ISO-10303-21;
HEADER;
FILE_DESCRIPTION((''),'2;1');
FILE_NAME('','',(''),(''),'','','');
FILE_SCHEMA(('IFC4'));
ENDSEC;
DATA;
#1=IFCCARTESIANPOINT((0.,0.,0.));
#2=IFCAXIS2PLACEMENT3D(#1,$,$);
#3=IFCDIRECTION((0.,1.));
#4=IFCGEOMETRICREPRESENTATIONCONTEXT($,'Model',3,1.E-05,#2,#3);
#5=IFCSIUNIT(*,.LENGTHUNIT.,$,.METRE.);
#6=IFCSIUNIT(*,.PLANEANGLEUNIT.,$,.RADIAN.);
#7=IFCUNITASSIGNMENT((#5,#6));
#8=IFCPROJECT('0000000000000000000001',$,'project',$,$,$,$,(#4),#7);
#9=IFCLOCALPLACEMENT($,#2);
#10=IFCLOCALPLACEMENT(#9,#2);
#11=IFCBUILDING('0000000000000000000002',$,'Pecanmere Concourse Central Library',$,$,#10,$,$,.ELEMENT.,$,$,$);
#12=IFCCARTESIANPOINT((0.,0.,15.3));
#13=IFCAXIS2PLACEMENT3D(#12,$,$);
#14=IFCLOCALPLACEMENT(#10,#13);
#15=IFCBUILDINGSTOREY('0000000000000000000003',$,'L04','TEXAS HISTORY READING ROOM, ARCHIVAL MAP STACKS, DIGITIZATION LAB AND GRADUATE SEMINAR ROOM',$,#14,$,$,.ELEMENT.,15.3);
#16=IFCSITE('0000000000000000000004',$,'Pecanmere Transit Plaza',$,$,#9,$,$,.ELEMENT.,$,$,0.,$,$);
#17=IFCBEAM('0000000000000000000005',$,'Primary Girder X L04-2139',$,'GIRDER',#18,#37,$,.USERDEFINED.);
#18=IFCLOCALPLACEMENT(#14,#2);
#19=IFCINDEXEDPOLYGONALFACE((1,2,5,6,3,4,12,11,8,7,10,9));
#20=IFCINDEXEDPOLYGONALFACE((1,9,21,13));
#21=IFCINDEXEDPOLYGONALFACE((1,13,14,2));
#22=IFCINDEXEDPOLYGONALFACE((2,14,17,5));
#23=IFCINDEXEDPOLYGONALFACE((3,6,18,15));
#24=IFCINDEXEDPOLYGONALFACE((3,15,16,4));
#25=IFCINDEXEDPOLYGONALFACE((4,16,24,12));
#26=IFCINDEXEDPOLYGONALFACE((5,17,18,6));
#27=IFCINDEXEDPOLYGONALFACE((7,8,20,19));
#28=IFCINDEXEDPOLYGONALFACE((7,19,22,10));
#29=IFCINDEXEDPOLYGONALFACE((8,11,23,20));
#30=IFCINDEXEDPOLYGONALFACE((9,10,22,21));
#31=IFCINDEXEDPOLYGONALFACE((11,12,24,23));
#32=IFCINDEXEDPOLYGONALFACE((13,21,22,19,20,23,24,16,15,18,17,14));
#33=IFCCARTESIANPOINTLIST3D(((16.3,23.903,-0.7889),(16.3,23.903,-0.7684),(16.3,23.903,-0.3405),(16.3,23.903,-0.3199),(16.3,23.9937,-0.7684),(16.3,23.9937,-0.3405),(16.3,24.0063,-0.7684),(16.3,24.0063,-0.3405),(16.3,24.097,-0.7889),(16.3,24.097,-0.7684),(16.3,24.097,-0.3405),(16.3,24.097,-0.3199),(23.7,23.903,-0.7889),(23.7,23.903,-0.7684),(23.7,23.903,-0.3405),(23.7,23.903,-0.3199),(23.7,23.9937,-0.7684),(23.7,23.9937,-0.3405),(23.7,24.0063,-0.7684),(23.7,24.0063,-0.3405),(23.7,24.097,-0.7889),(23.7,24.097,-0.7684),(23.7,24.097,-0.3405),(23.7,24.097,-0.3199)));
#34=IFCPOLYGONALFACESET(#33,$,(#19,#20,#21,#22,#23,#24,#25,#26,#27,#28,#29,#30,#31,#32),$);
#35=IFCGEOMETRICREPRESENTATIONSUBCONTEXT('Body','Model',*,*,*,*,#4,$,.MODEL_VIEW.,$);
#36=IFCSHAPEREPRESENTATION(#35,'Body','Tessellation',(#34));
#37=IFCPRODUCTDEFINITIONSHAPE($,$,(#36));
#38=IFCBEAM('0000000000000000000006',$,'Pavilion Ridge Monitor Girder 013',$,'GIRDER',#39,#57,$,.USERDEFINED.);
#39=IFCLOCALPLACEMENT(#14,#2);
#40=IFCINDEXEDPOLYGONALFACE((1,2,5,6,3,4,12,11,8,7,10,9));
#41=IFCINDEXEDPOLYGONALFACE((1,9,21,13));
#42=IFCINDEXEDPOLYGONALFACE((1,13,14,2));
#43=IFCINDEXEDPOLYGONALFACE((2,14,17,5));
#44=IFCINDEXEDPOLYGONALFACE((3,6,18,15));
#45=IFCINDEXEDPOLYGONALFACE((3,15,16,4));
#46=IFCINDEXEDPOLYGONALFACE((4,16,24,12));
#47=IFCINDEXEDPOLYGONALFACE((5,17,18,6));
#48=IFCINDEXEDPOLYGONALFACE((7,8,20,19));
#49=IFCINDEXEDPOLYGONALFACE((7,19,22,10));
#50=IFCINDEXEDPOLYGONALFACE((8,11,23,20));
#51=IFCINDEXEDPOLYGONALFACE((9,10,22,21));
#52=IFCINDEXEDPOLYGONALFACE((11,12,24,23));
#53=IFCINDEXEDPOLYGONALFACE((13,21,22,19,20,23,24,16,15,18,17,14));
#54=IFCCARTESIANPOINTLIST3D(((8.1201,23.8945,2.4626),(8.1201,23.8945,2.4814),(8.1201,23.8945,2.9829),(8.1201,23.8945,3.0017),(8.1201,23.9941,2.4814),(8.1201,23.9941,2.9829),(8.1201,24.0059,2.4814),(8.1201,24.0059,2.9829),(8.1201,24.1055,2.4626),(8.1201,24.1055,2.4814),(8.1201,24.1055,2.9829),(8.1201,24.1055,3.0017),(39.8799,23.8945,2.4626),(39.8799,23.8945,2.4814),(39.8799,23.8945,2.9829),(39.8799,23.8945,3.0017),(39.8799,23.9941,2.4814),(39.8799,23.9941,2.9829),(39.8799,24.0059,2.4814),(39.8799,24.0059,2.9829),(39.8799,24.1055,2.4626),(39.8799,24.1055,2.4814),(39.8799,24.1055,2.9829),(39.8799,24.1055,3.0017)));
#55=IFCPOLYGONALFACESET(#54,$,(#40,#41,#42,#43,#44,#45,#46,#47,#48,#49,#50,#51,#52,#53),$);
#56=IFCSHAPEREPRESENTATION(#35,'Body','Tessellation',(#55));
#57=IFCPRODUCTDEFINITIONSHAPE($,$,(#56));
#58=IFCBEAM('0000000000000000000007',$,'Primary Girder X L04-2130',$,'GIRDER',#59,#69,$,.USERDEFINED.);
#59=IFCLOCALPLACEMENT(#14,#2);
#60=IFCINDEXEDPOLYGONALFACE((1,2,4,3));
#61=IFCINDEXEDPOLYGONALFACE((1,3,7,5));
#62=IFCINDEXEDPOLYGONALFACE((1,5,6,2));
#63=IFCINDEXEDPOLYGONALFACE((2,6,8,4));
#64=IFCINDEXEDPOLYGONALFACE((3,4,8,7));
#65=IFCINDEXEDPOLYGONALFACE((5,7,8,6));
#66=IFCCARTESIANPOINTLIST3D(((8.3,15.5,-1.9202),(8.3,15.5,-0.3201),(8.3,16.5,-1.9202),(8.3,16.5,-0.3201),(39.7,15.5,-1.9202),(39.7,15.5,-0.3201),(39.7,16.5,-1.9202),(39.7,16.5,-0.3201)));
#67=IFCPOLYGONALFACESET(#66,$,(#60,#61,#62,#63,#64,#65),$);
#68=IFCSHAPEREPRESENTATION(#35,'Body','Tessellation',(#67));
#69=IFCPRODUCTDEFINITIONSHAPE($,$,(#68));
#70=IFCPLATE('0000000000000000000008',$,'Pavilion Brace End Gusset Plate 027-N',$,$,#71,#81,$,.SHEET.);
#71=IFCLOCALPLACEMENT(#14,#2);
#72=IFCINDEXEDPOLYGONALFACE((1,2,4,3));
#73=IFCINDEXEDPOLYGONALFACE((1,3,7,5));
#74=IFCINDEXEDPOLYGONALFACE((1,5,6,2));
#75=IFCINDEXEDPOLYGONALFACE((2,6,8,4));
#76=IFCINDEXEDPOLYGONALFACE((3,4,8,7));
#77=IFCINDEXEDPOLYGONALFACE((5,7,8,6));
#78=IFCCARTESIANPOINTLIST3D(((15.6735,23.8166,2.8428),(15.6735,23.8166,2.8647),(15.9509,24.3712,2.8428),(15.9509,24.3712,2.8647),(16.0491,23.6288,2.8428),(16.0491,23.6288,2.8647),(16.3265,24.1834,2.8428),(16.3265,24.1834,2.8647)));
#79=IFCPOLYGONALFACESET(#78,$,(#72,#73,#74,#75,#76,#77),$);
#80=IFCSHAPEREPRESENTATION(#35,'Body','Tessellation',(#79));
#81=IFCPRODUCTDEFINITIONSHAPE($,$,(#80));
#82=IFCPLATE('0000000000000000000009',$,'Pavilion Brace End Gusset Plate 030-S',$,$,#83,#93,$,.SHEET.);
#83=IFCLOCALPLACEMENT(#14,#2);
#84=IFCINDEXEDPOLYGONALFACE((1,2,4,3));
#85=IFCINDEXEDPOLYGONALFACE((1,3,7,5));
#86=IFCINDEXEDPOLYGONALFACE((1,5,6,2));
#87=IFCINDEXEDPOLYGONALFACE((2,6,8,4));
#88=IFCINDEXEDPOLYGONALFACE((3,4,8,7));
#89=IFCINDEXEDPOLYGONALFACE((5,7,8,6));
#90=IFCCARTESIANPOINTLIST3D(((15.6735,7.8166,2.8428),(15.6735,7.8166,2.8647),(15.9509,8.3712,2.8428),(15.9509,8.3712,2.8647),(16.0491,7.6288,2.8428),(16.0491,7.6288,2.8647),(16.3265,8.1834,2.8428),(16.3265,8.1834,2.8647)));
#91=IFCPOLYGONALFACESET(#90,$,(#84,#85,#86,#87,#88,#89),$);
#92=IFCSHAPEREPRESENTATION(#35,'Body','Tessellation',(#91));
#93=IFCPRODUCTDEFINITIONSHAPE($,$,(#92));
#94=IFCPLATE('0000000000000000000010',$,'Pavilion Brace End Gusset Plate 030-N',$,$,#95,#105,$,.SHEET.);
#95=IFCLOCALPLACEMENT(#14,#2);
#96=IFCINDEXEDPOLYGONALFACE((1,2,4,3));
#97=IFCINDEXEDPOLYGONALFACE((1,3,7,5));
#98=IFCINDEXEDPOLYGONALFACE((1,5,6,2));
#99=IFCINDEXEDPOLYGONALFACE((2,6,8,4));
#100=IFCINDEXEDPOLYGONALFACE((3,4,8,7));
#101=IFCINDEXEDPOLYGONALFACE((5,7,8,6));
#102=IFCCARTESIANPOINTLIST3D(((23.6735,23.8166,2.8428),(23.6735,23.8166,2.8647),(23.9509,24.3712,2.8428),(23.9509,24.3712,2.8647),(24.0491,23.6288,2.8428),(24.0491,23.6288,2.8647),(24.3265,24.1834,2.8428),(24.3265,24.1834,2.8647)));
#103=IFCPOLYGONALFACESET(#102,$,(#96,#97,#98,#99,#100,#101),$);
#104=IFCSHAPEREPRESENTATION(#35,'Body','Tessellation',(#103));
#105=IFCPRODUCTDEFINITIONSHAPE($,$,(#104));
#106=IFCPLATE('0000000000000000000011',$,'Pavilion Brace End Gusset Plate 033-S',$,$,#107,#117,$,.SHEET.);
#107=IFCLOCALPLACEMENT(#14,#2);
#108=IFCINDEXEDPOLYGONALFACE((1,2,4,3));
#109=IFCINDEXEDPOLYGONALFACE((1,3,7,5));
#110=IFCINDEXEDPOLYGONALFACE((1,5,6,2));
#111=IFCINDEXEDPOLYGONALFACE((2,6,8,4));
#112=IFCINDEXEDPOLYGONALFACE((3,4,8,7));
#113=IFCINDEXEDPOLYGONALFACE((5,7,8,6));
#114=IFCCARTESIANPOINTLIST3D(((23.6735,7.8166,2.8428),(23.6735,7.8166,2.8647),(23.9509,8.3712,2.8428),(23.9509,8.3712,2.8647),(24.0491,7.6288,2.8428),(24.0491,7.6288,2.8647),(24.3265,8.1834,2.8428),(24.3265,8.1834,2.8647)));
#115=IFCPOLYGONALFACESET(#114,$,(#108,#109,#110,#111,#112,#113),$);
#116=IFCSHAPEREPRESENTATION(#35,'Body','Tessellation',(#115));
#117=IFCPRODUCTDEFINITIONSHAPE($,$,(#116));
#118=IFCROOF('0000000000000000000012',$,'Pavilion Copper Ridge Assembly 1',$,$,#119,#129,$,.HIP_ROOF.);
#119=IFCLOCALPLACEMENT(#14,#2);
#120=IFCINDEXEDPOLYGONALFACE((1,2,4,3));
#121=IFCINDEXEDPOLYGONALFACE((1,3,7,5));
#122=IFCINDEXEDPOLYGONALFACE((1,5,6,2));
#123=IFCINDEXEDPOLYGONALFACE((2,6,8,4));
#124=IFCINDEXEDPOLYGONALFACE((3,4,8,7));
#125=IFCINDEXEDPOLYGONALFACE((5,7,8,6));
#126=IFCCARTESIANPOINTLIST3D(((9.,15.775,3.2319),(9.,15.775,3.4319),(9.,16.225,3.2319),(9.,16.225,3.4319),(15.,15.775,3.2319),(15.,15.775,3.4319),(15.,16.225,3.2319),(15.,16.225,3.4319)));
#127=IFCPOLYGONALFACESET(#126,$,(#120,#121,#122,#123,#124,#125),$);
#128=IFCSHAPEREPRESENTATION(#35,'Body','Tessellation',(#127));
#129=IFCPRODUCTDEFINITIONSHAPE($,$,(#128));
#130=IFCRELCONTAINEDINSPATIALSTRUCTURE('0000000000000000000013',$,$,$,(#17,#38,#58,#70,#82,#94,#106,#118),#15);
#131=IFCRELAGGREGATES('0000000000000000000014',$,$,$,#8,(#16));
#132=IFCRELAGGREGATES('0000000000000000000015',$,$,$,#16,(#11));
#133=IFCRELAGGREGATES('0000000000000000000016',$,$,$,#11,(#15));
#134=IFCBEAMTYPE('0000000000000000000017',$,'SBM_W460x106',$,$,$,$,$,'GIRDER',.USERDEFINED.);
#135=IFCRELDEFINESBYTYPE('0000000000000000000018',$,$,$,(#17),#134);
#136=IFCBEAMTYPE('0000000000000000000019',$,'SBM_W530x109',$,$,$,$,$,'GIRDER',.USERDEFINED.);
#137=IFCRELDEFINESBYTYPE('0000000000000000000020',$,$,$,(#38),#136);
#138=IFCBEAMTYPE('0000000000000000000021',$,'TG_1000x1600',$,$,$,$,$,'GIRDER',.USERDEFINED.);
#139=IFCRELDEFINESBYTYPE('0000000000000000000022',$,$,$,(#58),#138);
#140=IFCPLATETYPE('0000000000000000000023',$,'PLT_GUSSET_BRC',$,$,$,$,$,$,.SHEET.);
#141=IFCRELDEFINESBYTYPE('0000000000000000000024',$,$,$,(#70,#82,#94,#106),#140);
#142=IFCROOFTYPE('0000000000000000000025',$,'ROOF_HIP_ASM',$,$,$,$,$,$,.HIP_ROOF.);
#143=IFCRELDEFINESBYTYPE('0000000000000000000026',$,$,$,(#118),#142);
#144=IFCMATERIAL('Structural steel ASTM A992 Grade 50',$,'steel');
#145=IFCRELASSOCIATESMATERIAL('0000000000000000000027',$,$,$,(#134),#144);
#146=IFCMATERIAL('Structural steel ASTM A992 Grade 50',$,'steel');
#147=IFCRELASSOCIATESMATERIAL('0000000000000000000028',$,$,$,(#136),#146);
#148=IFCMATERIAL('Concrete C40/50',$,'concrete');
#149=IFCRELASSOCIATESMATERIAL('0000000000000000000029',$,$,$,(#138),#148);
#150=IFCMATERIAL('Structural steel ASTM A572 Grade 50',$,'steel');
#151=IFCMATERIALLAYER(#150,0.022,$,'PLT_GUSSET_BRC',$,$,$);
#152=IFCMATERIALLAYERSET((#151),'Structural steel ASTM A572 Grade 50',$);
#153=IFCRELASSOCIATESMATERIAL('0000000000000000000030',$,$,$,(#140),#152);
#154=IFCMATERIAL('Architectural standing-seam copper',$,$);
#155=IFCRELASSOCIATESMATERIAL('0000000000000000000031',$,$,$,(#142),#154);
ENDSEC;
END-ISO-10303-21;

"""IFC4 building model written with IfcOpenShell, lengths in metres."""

from ifc_helpers import new_model, si_unit, direction, frame, origin, origin_2d, place, context, subcontext, project, spatial, rectangle, i_section, extrude, material, layer, layer_set, material_profile, profile_set, type_object, element, save


model = new_model("IFC4")

# Units and contexts
model_context = context("Model", 3, precision=1e-05, world=origin(), true_north=direction((0.0, 1.0)))
body_context = subcontext(model_context, "Body", "Model", "MODEL_VIEW")
ifc_project = project(units=[si_unit("LENGTHUNIT", "METRE"), si_unit("PLANEANGLEUNIT", "RADIAN")], contexts=[model_context])

# Site, building, storey
site_placement = place(None, origin())
site = spatial("IfcSite", under=ifc_project, at=site_placement, Name="Pecanmere Transit Plaza", CompositionType="ELEMENT", RefElevation=0.0)
building_placement = place(site_placement, origin())
building = spatial("IfcBuilding", under=site, at=building_placement, Name="Pecanmere Concourse Central Library", CompositionType="ELEMENT")
storey_placement = place(building_placement, frame((0.0, 0.0, 15.3)))
storey = spatial("IfcBuildingStorey", under=building, at=storey_placement, Name="L04", Description="TEXAS HISTORY READING ROOM, ARCHIVAL MAP STACKS, DIGITIZATION LAB AND GRADUATE SEMINAR ROOM", CompositionType="ELEMENT", Elevation=15.3)

# Beams
ifc_material_1 = material(Name="Structural steel ASTM A992 Grade 50", Category="steel")
ifc_material_profile_1 = material_profile(ifc_material_1, i_section(OverallWidth=0.1941, OverallDepth=0.469, WebThickness=0.0127, FlangeThickness=0.0205, at=origin_2d()), Name="W460x106")
ifc_profile_set_1 = profile_set([ifc_material_profile_1], Name="Structural steel ASTM A992 Grade 50")
beam_type_1 = type_object("IfcBeamType", Name="SBM_W460x106", ElementType="GIRDER", PredefinedType="USERDEFINED", material=ifc_profile_set_1)
for number, where, z_axis, x_axis, name in (
    (1, (16.3, 24.0, -0.5544), (1.0, 0.0, 0.0), (0.0, 1.0, 0.0), "Primary Girder X L04-2139"),
):
    element("IfcBeam", number, at=place(storey_placement, frame(where, z_axis=z_axis, x_axis=x_axis)), inside=storey, type_object=beam_type_1, Name=name, ObjectType="GIRDER", PredefinedType="USERDEFINED", context=body_context, shape_type="SweptSolid", body=[
        extrude(i_section(OverallWidth=0.1941, OverallDepth=0.469, WebThickness=0.0127, FlangeThickness=0.0205, at=origin_2d()), origin(), (0.0, 0.0, 1.0), 7.3999),
    ])
ifc_material_2 = material(Name="Structural steel ASTM A992 Grade 50", Category="steel")
ifc_material_profile_2 = material_profile(ifc_material_2, i_section(OverallWidth=0.2109, OverallDepth=0.5391, WebThickness=0.0117, FlangeThickness=0.0188, at=origin_2d()), Name="W530x109")
ifc_profile_set_2 = profile_set([ifc_material_profile_2], Name="Structural steel ASTM A992 Grade 50")
beam_type_2 = type_object("IfcBeamType", Name="SBM_W530x109", ElementType="GIRDER", PredefinedType="USERDEFINED", material=ifc_profile_set_2)
beam_1_placement = place(storey_placement, frame((8.1201, 24.0, 2.7322), z_axis=(1.0, 0.0, 0.0), x_axis=(0.0, 1.0, 0.0)))
element("IfcBeam", 2, at=beam_1_placement, inside=storey, type_object=beam_type_2, Name="Pavilion Ridge Monitor Girder 013", ObjectType="GIRDER", PredefinedType="USERDEFINED", context=body_context, shape_type="SweptSolid", body=[
    extrude(i_section(OverallWidth=0.2109, OverallDepth=0.5391, WebThickness=0.0117, FlangeThickness=0.0188, at=origin_2d()), origin(), (0.0, 0.0, 1.0), 31.7598),
])
ifc_material_3 = material(Name="Concrete C40/50", Category="concrete")
ifc_material_profile_3 = material_profile(ifc_material_3, rectangle(XDim=1.0, YDim=1.6001, at=origin_2d()), Name="RC 1000x1600")
ifc_profile_set_3 = profile_set([ifc_material_profile_3], Name="Concrete C40/50")
beam_type_3 = type_object("IfcBeamType", Name="TG_1000x1600", ElementType="GIRDER", PredefinedType="USERDEFINED", material=ifc_profile_set_3)
beam_2_placement = place(storey_placement, frame((8.3, 16.0, -1.1201), z_axis=(1.0, 0.0, 0.0), x_axis=(0.0, 1.0, 0.0)))
element("IfcBeam", 3, at=beam_2_placement, inside=storey, type_object=beam_type_3, Name="Primary Girder X L04-2130", ObjectType="GIRDER", PredefinedType="USERDEFINED", context=body_context, shape_type="SweptSolid", body=[
    extrude(rectangle(XDim=1.0, YDim=1.6001, at=origin_2d()), origin(), (0.0, 0.0, 1.0), 31.3999),
])

# Plates
ifc_material_4 = material(Name="Structural steel ASTM A572 Grade 50", Category="steel")
ifc_layer = layer(ifc_material_4, 0.022, Name="PLT_GUSSET_BRC")
ifc_layer_set = layer_set([ifc_layer], Name="Structural steel ASTM A572 Grade 50")
plate_type = type_object("IfcPlateType", Name="PLT_GUSSET_BRC", PredefinedType="SHEET", material=ifc_layer_set)
for number, where, z_axis, x_axis, name in (
    (4, (16.0, 24.0, 2.8428), (0.0, 0.0, 1.0), (0.447291, 0.894389, 0.0), "Pavilion Brace End Gusset Plate 027-N"),
    (5, (16.0, 8.0, 2.8428), (0.0, 0.0, 1.0), (0.447291, 0.894389, 0.0), "Pavilion Brace End Gusset Plate 030-S"),
    (6, (24.0, 24.0, 2.8428), (0.0, 0.0, 1.0), (0.447291, 0.894389, 0.0), "Pavilion Brace End Gusset Plate 030-N"),
    (7, (24.0, 8.0, 2.8428), (0.0, 0.0, 1.0), (0.447291, 0.894389, 0.0), "Pavilion Brace End Gusset Plate 033-S"),
):
    element("IfcPlate", number, at=place(storey_placement, frame(where, z_axis=z_axis, x_axis=x_axis)), inside=storey, type_object=plate_type, Name=name, PredefinedType="SHEET", context=body_context, shape_type="SweptSolid", body=[
        extrude(rectangle(XDim=0.6201, YDim=0.4199, at=origin_2d()), origin(), (0.0, 0.0, 1.0), 0.022),
    ])

# Roof
ifc_material_5 = material(Name="Architectural standing-seam copper")
roof_type = type_object("IfcRoofType", Name="ROOF_HIP_ASM", PredefinedType="HIP_ROOF", material=ifc_material_5)
roof_placement = place(storey_placement, frame((12.0, 16.0, 3.2319), z_axis=(0.0, 0.0, 1.0), x_axis=(1.0, 0.0, 0.0)))
element("IfcRoof", 8, at=roof_placement, inside=storey, type_object=roof_type, Name="Pavilion Copper Ridge Assembly 1", PredefinedType="HIP_ROOF", context=body_context, shape_type="SweptSolid", body=[
    extrude(rectangle(XDim=6.0, YDim=0.45, at=origin_2d()), origin(), (0.0, 0.0, 1.0), 0.2),
])

save(model, "model.ifc")
